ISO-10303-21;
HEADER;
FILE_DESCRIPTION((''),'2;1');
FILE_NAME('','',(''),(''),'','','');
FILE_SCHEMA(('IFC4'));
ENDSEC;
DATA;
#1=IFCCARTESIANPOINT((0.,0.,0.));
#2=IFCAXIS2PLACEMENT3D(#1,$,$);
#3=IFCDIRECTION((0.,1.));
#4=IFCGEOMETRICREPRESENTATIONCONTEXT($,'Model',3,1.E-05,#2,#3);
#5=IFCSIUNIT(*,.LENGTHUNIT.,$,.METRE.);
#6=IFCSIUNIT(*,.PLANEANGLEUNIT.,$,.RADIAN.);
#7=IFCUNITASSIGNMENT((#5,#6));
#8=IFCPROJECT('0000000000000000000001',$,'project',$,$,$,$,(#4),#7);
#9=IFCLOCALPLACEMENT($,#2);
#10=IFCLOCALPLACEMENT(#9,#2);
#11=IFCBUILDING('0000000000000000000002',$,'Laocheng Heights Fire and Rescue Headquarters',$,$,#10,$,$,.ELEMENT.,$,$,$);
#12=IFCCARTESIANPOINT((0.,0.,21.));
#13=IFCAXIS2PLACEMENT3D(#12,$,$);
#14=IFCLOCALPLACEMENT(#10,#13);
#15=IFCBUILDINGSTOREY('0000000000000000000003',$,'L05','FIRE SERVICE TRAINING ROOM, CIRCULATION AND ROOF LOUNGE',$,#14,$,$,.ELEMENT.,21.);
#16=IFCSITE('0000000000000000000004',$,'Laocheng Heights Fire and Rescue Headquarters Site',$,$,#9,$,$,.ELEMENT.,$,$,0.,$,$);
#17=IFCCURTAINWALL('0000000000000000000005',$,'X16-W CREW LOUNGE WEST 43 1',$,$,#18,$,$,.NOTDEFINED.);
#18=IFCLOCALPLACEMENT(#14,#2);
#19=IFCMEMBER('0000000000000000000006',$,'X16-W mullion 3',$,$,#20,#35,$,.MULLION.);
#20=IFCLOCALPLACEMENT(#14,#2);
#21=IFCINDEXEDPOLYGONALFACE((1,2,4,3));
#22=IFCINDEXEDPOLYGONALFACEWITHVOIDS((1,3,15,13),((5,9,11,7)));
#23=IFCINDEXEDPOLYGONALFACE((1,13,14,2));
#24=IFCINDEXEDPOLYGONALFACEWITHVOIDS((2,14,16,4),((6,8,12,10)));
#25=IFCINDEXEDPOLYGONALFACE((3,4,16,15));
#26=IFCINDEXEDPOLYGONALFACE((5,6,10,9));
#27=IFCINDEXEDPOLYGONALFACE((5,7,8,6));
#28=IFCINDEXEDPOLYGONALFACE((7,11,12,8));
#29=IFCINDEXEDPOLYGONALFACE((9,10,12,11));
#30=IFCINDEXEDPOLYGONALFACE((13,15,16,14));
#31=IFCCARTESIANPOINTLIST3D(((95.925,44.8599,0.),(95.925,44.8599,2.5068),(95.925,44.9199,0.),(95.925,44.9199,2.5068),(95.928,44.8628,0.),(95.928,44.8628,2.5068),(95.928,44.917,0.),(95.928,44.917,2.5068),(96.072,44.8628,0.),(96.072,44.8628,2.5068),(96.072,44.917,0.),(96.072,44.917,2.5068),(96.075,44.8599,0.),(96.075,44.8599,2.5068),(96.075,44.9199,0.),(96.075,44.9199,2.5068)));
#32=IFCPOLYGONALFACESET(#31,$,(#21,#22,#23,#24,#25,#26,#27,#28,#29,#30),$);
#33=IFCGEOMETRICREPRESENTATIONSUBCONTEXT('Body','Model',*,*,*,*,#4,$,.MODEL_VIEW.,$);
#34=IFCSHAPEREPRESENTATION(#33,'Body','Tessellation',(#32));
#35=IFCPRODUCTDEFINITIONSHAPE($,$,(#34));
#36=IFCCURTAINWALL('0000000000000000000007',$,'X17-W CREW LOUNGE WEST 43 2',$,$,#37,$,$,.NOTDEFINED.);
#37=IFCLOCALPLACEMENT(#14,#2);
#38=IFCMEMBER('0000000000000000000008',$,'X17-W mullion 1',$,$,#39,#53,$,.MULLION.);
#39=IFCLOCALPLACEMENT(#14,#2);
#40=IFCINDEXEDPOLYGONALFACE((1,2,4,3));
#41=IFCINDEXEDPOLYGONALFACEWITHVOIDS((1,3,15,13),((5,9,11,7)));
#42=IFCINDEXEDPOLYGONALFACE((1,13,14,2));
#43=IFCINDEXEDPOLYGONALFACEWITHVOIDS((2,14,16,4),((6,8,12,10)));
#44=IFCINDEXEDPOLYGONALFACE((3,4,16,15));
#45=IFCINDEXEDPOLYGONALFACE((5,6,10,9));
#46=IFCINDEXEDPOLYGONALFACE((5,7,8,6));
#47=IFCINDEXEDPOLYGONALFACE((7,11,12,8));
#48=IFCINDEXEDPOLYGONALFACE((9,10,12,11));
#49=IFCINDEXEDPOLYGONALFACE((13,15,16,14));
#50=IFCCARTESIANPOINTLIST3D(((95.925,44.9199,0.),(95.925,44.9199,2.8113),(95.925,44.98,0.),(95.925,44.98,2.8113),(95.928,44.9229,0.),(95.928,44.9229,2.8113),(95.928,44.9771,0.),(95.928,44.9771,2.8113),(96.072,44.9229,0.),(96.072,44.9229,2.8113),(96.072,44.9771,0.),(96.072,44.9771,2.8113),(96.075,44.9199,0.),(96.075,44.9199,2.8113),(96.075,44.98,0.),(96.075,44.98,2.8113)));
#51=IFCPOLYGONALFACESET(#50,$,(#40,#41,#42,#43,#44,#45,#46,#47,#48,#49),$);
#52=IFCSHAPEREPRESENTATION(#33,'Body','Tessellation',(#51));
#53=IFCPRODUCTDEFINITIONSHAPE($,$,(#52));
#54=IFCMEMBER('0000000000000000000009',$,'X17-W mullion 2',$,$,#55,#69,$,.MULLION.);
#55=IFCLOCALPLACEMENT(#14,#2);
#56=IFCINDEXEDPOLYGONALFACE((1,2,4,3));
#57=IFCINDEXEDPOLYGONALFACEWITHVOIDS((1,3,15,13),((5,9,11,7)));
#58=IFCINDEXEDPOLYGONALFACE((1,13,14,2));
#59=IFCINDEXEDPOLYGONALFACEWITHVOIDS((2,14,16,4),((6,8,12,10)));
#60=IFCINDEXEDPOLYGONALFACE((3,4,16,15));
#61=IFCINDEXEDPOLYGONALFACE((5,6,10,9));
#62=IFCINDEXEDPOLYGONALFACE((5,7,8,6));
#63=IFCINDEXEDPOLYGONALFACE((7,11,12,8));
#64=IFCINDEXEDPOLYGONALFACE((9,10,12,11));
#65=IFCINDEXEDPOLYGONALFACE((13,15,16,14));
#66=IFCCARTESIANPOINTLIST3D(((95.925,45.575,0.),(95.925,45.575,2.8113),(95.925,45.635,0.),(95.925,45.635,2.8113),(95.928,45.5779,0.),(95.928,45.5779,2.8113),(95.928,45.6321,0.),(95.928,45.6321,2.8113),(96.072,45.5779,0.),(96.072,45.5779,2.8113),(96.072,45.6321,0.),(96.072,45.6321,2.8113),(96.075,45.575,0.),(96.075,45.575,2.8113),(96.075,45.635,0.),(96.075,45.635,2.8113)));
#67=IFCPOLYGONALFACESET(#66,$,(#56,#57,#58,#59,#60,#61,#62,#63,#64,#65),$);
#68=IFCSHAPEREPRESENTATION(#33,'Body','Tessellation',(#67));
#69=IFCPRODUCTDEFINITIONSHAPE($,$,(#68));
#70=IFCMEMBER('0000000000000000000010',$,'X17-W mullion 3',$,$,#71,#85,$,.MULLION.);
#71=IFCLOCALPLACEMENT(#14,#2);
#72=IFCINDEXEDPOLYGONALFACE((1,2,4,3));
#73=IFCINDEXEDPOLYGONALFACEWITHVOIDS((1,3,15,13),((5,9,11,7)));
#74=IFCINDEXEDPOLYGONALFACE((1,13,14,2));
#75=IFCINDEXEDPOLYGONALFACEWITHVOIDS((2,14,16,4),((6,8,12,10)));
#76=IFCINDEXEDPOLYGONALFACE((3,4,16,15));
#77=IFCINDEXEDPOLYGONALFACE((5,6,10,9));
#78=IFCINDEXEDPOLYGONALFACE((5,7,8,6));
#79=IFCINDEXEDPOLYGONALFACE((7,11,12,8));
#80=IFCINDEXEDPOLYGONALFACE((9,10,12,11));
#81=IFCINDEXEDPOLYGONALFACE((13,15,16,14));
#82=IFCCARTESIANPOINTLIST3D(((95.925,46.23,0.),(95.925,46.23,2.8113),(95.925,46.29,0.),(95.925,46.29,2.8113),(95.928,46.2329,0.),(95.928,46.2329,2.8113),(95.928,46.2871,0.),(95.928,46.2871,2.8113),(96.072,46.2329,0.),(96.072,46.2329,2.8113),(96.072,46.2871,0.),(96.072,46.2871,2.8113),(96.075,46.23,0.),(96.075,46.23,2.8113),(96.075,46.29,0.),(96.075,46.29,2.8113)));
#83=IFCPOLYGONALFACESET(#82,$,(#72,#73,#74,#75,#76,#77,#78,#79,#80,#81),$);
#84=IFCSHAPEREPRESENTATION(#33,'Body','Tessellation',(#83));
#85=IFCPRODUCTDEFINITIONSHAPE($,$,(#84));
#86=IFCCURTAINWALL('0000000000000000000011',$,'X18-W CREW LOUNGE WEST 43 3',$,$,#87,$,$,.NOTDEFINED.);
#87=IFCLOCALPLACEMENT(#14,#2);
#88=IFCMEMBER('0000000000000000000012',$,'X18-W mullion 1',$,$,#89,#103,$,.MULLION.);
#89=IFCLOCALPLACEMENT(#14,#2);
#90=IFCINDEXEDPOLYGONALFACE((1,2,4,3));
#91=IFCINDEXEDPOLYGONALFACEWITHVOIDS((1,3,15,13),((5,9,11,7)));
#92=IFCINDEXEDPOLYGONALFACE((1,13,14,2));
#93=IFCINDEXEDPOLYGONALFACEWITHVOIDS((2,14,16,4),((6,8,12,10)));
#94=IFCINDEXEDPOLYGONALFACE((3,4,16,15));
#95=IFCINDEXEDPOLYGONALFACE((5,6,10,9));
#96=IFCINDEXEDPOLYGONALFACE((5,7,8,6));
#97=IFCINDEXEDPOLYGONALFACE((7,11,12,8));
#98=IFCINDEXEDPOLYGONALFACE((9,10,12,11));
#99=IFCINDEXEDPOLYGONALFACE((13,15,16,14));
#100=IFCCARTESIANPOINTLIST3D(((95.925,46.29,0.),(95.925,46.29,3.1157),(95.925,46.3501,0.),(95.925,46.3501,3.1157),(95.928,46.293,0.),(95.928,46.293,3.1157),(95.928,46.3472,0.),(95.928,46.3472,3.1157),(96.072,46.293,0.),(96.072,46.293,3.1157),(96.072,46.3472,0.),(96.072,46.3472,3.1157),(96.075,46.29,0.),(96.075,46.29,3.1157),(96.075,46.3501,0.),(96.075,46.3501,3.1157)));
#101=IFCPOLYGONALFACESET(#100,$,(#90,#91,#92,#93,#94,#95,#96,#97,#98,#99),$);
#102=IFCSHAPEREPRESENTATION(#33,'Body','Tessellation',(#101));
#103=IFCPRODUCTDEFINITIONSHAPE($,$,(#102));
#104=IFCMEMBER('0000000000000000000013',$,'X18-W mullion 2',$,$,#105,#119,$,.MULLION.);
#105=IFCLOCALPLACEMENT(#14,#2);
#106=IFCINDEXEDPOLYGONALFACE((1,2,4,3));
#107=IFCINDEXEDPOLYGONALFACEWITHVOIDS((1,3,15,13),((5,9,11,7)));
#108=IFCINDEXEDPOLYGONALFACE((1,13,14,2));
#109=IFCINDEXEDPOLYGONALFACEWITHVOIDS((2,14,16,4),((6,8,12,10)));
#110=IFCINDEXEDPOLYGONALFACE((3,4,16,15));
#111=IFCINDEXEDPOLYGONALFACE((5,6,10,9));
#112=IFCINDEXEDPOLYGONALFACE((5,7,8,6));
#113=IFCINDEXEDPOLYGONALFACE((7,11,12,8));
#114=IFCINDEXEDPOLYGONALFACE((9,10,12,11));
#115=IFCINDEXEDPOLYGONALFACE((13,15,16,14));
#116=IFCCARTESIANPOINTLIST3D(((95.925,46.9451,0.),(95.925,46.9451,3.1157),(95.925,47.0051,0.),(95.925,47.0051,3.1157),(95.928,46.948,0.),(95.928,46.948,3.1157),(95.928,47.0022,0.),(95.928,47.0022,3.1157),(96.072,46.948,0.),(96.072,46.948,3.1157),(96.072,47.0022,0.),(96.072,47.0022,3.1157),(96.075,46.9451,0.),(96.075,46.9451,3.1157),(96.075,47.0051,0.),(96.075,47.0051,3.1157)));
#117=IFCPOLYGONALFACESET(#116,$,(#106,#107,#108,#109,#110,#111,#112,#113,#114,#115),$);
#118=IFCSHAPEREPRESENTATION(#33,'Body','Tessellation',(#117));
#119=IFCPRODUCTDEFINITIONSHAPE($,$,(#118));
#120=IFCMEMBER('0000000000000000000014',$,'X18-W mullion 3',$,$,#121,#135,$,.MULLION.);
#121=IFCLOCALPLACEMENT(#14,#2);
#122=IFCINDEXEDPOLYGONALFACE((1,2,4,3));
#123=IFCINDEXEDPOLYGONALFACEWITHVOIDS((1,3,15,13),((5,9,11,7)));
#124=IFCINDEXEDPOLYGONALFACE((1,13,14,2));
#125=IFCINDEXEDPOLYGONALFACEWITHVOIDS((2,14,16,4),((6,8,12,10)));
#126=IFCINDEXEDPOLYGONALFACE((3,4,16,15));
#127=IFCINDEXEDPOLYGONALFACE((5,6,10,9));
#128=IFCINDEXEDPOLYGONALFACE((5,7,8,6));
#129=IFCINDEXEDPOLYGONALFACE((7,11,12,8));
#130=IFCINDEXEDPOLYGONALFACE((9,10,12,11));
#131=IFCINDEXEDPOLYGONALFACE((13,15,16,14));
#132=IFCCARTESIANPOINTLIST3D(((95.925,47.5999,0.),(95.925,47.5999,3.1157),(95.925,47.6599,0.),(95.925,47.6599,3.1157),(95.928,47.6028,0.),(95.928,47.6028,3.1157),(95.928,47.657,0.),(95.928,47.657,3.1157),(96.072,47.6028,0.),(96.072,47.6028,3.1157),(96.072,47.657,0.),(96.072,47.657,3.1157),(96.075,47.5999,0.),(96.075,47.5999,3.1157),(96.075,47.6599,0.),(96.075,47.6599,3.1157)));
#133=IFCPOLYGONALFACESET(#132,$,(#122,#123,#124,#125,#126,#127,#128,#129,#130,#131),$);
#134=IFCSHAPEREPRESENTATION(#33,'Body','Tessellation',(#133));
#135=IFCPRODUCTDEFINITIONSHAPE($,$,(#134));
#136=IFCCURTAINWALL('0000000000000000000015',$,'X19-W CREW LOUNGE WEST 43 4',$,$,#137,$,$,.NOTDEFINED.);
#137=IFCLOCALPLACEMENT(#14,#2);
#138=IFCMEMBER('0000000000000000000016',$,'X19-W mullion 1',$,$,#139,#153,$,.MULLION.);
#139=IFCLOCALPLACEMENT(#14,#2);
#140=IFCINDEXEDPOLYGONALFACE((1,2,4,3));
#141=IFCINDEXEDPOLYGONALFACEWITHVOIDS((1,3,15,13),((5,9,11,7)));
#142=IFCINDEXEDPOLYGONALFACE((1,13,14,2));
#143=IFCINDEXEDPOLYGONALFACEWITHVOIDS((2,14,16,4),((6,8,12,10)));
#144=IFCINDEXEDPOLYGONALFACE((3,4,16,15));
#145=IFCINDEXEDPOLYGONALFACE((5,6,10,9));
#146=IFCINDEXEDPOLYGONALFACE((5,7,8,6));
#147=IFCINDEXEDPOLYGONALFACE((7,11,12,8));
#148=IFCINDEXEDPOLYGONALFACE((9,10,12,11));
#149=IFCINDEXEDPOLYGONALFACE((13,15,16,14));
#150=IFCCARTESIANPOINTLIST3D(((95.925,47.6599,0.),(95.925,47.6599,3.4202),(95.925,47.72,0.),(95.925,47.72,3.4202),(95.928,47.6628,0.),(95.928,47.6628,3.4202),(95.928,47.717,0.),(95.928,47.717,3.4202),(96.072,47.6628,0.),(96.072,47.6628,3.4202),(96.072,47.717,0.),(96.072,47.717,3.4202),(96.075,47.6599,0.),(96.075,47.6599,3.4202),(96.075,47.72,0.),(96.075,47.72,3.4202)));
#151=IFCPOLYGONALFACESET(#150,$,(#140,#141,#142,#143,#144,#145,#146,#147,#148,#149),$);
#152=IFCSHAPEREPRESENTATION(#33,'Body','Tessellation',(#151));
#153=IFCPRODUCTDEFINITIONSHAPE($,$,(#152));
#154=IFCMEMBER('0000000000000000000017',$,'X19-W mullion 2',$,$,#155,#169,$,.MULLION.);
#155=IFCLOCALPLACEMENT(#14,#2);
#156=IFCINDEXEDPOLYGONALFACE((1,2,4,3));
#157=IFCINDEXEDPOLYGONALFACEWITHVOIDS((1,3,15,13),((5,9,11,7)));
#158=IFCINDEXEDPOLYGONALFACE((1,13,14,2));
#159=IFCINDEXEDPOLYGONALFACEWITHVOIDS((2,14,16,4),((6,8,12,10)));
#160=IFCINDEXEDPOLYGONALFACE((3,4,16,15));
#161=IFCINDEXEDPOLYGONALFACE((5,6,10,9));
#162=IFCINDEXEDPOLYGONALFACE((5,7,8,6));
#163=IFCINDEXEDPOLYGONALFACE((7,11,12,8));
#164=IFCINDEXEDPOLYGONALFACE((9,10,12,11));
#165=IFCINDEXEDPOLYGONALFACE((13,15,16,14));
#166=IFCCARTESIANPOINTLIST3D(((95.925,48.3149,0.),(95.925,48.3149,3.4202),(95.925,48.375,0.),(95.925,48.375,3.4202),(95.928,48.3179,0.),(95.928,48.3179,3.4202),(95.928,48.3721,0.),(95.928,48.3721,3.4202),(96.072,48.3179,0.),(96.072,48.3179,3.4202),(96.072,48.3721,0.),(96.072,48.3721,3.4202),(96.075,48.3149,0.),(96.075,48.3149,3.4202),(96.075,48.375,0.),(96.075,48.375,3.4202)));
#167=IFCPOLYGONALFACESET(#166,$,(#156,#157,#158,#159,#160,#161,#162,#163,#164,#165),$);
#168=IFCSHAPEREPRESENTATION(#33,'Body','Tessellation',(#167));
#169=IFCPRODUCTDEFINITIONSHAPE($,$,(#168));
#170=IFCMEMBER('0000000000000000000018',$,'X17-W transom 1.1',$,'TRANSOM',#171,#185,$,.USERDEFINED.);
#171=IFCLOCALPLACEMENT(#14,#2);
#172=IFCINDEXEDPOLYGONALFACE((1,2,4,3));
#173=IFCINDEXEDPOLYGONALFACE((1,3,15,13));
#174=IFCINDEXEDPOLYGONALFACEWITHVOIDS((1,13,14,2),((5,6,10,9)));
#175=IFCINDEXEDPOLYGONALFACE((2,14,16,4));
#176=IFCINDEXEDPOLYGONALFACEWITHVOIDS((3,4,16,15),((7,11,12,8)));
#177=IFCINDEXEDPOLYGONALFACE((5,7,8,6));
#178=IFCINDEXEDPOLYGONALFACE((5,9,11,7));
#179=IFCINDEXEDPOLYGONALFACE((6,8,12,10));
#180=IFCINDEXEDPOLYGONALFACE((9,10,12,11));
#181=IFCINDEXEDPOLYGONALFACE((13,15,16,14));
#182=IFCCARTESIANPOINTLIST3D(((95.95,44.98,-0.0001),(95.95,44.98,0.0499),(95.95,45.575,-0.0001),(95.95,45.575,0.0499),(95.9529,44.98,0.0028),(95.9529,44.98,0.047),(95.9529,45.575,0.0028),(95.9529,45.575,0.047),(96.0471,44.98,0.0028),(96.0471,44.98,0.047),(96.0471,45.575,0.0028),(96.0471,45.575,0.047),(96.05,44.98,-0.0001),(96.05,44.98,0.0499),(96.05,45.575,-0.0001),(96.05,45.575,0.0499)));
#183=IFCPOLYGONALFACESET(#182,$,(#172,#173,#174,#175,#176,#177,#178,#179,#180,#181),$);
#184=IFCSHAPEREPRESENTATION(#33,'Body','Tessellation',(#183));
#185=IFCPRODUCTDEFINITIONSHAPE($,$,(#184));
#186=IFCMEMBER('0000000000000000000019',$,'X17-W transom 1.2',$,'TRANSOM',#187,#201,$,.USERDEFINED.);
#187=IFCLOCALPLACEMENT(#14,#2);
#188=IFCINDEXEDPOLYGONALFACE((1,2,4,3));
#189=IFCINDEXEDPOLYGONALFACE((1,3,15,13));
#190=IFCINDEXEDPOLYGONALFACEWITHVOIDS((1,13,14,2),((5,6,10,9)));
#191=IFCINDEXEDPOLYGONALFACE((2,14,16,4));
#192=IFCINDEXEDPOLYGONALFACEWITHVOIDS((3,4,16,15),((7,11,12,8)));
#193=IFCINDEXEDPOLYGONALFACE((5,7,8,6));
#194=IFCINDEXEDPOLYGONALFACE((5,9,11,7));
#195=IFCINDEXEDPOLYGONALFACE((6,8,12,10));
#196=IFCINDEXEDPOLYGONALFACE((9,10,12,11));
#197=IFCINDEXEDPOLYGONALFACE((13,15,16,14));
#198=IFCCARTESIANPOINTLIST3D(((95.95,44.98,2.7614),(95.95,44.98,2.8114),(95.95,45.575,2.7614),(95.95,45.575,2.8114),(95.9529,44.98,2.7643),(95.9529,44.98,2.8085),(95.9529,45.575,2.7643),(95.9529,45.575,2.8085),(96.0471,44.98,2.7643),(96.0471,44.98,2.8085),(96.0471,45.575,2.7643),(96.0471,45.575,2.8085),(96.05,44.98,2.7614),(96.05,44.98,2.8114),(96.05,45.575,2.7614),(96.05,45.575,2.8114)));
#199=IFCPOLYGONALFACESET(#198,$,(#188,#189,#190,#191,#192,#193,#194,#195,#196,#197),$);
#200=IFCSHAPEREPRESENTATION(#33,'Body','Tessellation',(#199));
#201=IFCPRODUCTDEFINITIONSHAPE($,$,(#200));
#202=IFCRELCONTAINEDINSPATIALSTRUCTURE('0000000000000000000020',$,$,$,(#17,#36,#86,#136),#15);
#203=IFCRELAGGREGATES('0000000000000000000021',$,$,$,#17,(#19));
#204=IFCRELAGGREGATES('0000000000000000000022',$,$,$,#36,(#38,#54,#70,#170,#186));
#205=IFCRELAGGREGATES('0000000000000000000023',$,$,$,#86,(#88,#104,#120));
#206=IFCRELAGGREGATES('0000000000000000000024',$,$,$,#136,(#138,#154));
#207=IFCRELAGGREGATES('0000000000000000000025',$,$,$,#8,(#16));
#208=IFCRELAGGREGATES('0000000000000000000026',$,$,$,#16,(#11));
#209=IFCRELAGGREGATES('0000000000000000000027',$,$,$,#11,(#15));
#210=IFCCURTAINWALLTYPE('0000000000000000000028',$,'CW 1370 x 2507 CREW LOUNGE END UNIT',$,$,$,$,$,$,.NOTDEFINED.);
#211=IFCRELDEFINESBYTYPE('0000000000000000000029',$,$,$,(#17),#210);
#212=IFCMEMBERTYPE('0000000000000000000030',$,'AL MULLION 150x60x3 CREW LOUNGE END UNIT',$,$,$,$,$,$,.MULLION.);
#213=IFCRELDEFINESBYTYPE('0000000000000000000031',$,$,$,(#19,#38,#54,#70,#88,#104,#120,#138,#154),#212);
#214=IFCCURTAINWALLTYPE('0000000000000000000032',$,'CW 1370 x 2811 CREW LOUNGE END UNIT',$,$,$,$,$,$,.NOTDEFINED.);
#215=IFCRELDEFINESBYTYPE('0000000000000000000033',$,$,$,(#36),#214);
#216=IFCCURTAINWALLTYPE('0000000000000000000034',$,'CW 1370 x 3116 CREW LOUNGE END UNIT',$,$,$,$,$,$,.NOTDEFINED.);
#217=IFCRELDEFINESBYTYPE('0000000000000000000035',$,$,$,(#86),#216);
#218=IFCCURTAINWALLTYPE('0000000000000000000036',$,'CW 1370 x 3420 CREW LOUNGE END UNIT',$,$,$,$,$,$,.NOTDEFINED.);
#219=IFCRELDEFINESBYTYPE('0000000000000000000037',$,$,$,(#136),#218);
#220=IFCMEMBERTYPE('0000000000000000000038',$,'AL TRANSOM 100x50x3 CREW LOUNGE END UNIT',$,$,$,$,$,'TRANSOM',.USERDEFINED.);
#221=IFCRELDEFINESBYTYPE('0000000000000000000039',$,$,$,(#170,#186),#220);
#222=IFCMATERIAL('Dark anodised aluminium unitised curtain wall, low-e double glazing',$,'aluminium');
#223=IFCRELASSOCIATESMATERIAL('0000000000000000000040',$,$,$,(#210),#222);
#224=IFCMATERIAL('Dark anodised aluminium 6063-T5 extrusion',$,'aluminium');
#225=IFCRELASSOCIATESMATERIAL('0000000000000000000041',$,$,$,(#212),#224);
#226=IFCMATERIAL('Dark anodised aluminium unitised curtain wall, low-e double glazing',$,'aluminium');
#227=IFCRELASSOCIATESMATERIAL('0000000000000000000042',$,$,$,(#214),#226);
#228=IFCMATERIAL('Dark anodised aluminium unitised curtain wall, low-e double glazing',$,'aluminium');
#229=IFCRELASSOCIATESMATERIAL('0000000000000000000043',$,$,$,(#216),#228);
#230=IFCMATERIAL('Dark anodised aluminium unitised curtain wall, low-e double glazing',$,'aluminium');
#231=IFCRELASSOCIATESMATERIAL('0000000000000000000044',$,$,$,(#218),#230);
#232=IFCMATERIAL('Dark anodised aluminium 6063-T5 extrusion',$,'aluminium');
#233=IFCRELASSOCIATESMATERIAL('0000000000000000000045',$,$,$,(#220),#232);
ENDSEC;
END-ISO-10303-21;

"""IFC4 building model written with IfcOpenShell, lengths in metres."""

from ifc_helpers import new_model, si_unit, direction, frame, origin, origin_2d, place, context, subcontext, project, spatial, hollow_rectangle, extrude, material, material_profile, profile_set, type_object, element, aggregate, save


model = new_model("IFC4")

# Units and contexts
model_context = context("Model", 3, precision=1e-05, world=origin(), true_north=direction((0.0, 1.0)))
body_context = subcontext(model_context, "Body", "Model", "MODEL_VIEW")
ifc_project = project(units=[si_unit("LENGTHUNIT", "METRE"), si_unit("PLANEANGLEUNIT", "RADIAN")], contexts=[model_context])

# Site, building, storey
site_placement = place(None, origin())
site = spatial("IfcSite", under=ifc_project, at=site_placement, Name="Laocheng Heights Fire and Rescue Headquarters Site", CompositionType="ELEMENT", RefElevation=0.0)
building_placement = place(site_placement, origin())
building = spatial("IfcBuilding", under=site, at=building_placement, Name="Laocheng Heights Fire and Rescue Headquarters", CompositionType="ELEMENT")
storey_placement = place(building_placement, frame((0.0, 0.0, 21.0)))
storey = spatial("IfcBuildingStorey", under=building, at=storey_placement, Name="L05", Description="FIRE SERVICE TRAINING ROOM, CIRCULATION AND ROOF LOUNGE", CompositionType="ELEMENT", Elevation=21.0)

# Curtain wall, member
ifc_material_1 = material(Name="Dark anodised aluminium unitised curtain wall, low-e double glazing", Category="aluminium")
curtain_wall_type_1 = type_object("IfcCurtainWallType", Name="CW 1370 x 2507 CREW LOUNGE END UNIT", PredefinedType="NOTDEFINED", material=ifc_material_1)
curtain_wall_1_placement = place(storey_placement, origin())
curtain_wall_1 = element("IfcCurtainWall", 1, at=curtain_wall_1_placement, inside=storey, type_object=curtain_wall_type_1, Name="X16-W CREW LOUNGE WEST 43 1", PredefinedType="NOTDEFINED")
ifc_material_2 = material(Name="Dark anodised aluminium 6063-T5 extrusion", Category="aluminium")
ifc_material_profile_1 = material_profile(ifc_material_2, hollow_rectangle(XDim=0.1499, YDim=0.0601, WallThickness=0.0029, at=origin_2d()), Name="AL MULLION 150x60x3 CREW LOUNGE END UNIT")
ifc_profile_set_1 = profile_set([ifc_material_profile_1], Name="Dark anodised aluminium 6063-T5 extrusion")
member_type_1 = type_object("IfcMemberType", Name="AL MULLION 150x60x3 CREW LOUNGE END UNIT", PredefinedType="MULLION", material=ifc_profile_set_1)
member_1_placement = place(storey_placement, frame((96.0, 44.8899, 0.0), z_axis=(0.0, 0.0, 1.0), x_axis=(-1.0, 0.0, 0.0)))
member_1 = element("IfcMember", 2, at=member_1_placement, type_object=member_type_1, Name="X16-W mullion 3", PredefinedType="MULLION", context=body_context, shape_type="SweptSolid", body=[
    extrude(hollow_rectangle(XDim=0.1499, YDim=0.0601, WallThickness=0.0029, at=origin_2d()), origin(), (0.0, 0.0, 1.0), 2.5068),
])

# Curtain walls, members
ifc_material_3 = material(Name="Dark anodised aluminium unitised curtain wall, low-e double glazing", Category="aluminium")
curtain_wall_type_2 = type_object("IfcCurtainWallType", Name="CW 1370 x 2811 CREW LOUNGE END UNIT", PredefinedType="NOTDEFINED", material=ifc_material_3)
curtain_wall_2_placement = place(storey_placement, origin())
curtain_wall_2 = element("IfcCurtainWall", 3, at=curtain_wall_2_placement, inside=storey, type_object=curtain_wall_type_2, Name="X17-W CREW LOUNGE WEST 43 2", PredefinedType="NOTDEFINED")
member_2_placement = place(storey_placement, frame((96.0, 44.95, 0.0), z_axis=(0.0, 0.0, 1.0), x_axis=(-1.0, 0.0, 0.0)))
member_2 = element("IfcMember", 4, at=member_2_placement, type_object=member_type_1, Name="X17-W mullion 1", PredefinedType="MULLION", context=body_context, shape_type="SweptSolid", body=[
    extrude(hollow_rectangle(XDim=0.1499, YDim=0.0601, WallThickness=0.0029, at=origin_2d()), origin(), (0.0, 0.0, 1.0), 2.8113),
])
member_3_placement = place(storey_placement, frame((96.0, 45.605, 0.0), z_axis=(0.0, 0.0, 1.0), x_axis=(-1.0, 0.0, 0.0)))
member_3 = element("IfcMember", 5, at=member_3_placement, type_object=member_type_1, Name="X17-W mullion 2", PredefinedType="MULLION", context=body_context, shape_type="SweptSolid", body=[
    extrude(hollow_rectangle(XDim=0.1499, YDim=0.0601, WallThickness=0.0029, at=origin_2d()), origin(), (0.0, 0.0, 1.0), 2.8113),
])
member_4_placement = place(storey_placement, frame((96.0, 46.26, 0.0), z_axis=(0.0, 0.0, 1.0), x_axis=(-1.0, 0.0, 0.0)))
member_4 = element("IfcMember", 6, at=member_4_placement, type_object=member_type_1, Name="X17-W mullion 3", PredefinedType="MULLION", context=body_context, shape_type="SweptSolid", body=[
    extrude(hollow_rectangle(XDim=0.1499, YDim=0.0601, WallThickness=0.0029, at=origin_2d()), origin(), (0.0, 0.0, 1.0), 2.8113),
])
ifc_material_4 = material(Name="Dark anodised aluminium unitised curtain wall, low-e double glazing", Category="aluminium")
curtain_wall_type_3 = type_object("IfcCurtainWallType", Name="CW 1370 x 3116 CREW LOUNGE END UNIT", PredefinedType="NOTDEFINED", material=ifc_material_4)
curtain_wall_3_placement = place(storey_placement, origin())
curtain_wall_3 = element("IfcCurtainWall", 7, at=curtain_wall_3_placement, inside=storey, type_object=curtain_wall_type_3, Name="X18-W CREW LOUNGE WEST 43 3", PredefinedType="NOTDEFINED")
member_5_placement = place(storey_placement, frame((96.0, 46.3201, 0.0), z_axis=(0.0, 0.0, 1.0), x_axis=(-1.0, 0.0, 0.0)))
member_5 = element("IfcMember", 8, at=member_5_placement, type_object=member_type_1, Name="X18-W mullion 1", PredefinedType="MULLION", context=body_context, shape_type="SweptSolid", body=[
    extrude(hollow_rectangle(XDim=0.1499, YDim=0.0601, WallThickness=0.0029, at=origin_2d()), origin(), (0.0, 0.0, 1.0), 3.1157),
])
member_6_placement = place(storey_placement, frame((96.0, 46.9751, 0.0), z_axis=(0.0, 0.0, 1.0), x_axis=(-1.0, 0.0, 0.0)))
member_6 = element("IfcMember", 9, at=member_6_placement, type_object=member_type_1, Name="X18-W mullion 2", PredefinedType="MULLION", context=body_context, shape_type="SweptSolid", body=[
    extrude(hollow_rectangle(XDim=0.1499, YDim=0.0601, WallThickness=0.0029, at=origin_2d()), origin(), (0.0, 0.0, 1.0), 3.1157),
])
member_7_placement = place(storey_placement, frame((96.0, 47.6299, 0.0), z_axis=(0.0, 0.0, 1.0), x_axis=(-1.0, 0.0, 0.0)))
member_7 = element("IfcMember", 10, at=member_7_placement, type_object=member_type_1, Name="X18-W mullion 3", PredefinedType="MULLION", context=body_context, shape_type="SweptSolid", body=[
    extrude(hollow_rectangle(XDim=0.1499, YDim=0.0601, WallThickness=0.0029, at=origin_2d()), origin(), (0.0, 0.0, 1.0), 3.1157),
])
ifc_material_5 = material(Name="Dark anodised aluminium unitised curtain wall, low-e double glazing", Category="aluminium")
curtain_wall_type_4 = type_object("IfcCurtainWallType", Name="CW 1370 x 3420 CREW LOUNGE END UNIT", PredefinedType="NOTDEFINED", material=ifc_material_5)
curtain_wall_4_placement = place(storey_placement, origin())
curtain_wall_4 = element("IfcCurtainWall", 11, at=curtain_wall_4_placement, inside=storey, type_object=curtain_wall_type_4, Name="X19-W CREW LOUNGE WEST 43 4", PredefinedType="NOTDEFINED")
member_8_placement = place(storey_placement, frame((96.0, 47.6899, 0.0), z_axis=(0.0, 0.0, 1.0), x_axis=(-1.0, 0.0, 0.0)))
member_8 = element("IfcMember", 12, at=member_8_placement, type_object=member_type_1, Name="X19-W mullion 1", PredefinedType="MULLION", context=body_context, shape_type="SweptSolid", body=[
    extrude(hollow_rectangle(XDim=0.1499, YDim=0.0601, WallThickness=0.0029, at=origin_2d()), origin(), (0.0, 0.0, 1.0), 3.4202),
])
member_9_placement = place(storey_placement, frame((96.0, 48.345, 0.0), z_axis=(0.0, 0.0, 1.0), x_axis=(-1.0, 0.0, 0.0)))
member_9 = element("IfcMember", 13, at=member_9_placement, type_object=member_type_1, Name="X19-W mullion 2", PredefinedType="MULLION", context=body_context, shape_type="SweptSolid", body=[
    extrude(hollow_rectangle(XDim=0.1499, YDim=0.0601, WallThickness=0.0029, at=origin_2d()), origin(), (0.0, 0.0, 1.0), 3.4202),
])

# Members
ifc_material_6 = material(Name="Dark anodised aluminium 6063-T5 extrusion", Category="aluminium")
ifc_material_profile_2 = material_profile(ifc_material_6, hollow_rectangle(XDim=0.1001, YDim=0.05, WallThickness=0.0029, at=origin_2d()), Name="AL TRANSOM 100x50x3 CREW LOUNGE END UNIT")
ifc_profile_set_2 = profile_set([ifc_material_profile_2], Name="Dark anodised aluminium 6063-T5 extrusion")
member_type_2 = type_object("IfcMemberType", Name="AL TRANSOM 100x50x3 CREW LOUNGE END UNIT", ElementType="TRANSOM", PredefinedType="USERDEFINED", material=ifc_profile_set_2)
member_10_placement = place(storey_placement, frame((96.0, 44.98, 0.0249), z_axis=(0.0, 1.0, 0.0), x_axis=(-1.0, 0.0, 0.0)))
member_10 = element("IfcMember", 14, at=member_10_placement, type_object=member_type_2, Name="X17-W transom 1.1", ObjectType="TRANSOM", PredefinedType="USERDEFINED", context=body_context, shape_type="SweptSolid", body=[
    extrude(hollow_rectangle(XDim=0.1001, YDim=0.05, WallThickness=0.0029, at=origin_2d()), origin(), (0.0, 0.0, 1.0), 0.595),
])
member_11_placement = place(storey_placement, frame((96.0, 44.98, 2.7864), z_axis=(0.0, 1.0, 0.0), x_axis=(-1.0, 0.0, 0.0)))
member_11 = element("IfcMember", 15, at=member_11_placement, type_object=member_type_2, Name="X17-W transom 1.2", ObjectType="TRANSOM", PredefinedType="USERDEFINED", context=body_context, shape_type="SweptSolid", body=[
    extrude(hollow_rectangle(XDim=0.1001, YDim=0.05, WallThickness=0.0029, at=origin_2d()), origin(), (0.0, 0.0, 1.0), 0.595),
])

aggregate(curtain_wall_1, [member_1])
aggregate(curtain_wall_2, [member_2, member_3, member_4, member_10, member_11])
aggregate(curtain_wall_3, [member_5, member_6, member_7])
aggregate(curtain_wall_4, [member_8, member_9])

save(model, "model.ifc")
